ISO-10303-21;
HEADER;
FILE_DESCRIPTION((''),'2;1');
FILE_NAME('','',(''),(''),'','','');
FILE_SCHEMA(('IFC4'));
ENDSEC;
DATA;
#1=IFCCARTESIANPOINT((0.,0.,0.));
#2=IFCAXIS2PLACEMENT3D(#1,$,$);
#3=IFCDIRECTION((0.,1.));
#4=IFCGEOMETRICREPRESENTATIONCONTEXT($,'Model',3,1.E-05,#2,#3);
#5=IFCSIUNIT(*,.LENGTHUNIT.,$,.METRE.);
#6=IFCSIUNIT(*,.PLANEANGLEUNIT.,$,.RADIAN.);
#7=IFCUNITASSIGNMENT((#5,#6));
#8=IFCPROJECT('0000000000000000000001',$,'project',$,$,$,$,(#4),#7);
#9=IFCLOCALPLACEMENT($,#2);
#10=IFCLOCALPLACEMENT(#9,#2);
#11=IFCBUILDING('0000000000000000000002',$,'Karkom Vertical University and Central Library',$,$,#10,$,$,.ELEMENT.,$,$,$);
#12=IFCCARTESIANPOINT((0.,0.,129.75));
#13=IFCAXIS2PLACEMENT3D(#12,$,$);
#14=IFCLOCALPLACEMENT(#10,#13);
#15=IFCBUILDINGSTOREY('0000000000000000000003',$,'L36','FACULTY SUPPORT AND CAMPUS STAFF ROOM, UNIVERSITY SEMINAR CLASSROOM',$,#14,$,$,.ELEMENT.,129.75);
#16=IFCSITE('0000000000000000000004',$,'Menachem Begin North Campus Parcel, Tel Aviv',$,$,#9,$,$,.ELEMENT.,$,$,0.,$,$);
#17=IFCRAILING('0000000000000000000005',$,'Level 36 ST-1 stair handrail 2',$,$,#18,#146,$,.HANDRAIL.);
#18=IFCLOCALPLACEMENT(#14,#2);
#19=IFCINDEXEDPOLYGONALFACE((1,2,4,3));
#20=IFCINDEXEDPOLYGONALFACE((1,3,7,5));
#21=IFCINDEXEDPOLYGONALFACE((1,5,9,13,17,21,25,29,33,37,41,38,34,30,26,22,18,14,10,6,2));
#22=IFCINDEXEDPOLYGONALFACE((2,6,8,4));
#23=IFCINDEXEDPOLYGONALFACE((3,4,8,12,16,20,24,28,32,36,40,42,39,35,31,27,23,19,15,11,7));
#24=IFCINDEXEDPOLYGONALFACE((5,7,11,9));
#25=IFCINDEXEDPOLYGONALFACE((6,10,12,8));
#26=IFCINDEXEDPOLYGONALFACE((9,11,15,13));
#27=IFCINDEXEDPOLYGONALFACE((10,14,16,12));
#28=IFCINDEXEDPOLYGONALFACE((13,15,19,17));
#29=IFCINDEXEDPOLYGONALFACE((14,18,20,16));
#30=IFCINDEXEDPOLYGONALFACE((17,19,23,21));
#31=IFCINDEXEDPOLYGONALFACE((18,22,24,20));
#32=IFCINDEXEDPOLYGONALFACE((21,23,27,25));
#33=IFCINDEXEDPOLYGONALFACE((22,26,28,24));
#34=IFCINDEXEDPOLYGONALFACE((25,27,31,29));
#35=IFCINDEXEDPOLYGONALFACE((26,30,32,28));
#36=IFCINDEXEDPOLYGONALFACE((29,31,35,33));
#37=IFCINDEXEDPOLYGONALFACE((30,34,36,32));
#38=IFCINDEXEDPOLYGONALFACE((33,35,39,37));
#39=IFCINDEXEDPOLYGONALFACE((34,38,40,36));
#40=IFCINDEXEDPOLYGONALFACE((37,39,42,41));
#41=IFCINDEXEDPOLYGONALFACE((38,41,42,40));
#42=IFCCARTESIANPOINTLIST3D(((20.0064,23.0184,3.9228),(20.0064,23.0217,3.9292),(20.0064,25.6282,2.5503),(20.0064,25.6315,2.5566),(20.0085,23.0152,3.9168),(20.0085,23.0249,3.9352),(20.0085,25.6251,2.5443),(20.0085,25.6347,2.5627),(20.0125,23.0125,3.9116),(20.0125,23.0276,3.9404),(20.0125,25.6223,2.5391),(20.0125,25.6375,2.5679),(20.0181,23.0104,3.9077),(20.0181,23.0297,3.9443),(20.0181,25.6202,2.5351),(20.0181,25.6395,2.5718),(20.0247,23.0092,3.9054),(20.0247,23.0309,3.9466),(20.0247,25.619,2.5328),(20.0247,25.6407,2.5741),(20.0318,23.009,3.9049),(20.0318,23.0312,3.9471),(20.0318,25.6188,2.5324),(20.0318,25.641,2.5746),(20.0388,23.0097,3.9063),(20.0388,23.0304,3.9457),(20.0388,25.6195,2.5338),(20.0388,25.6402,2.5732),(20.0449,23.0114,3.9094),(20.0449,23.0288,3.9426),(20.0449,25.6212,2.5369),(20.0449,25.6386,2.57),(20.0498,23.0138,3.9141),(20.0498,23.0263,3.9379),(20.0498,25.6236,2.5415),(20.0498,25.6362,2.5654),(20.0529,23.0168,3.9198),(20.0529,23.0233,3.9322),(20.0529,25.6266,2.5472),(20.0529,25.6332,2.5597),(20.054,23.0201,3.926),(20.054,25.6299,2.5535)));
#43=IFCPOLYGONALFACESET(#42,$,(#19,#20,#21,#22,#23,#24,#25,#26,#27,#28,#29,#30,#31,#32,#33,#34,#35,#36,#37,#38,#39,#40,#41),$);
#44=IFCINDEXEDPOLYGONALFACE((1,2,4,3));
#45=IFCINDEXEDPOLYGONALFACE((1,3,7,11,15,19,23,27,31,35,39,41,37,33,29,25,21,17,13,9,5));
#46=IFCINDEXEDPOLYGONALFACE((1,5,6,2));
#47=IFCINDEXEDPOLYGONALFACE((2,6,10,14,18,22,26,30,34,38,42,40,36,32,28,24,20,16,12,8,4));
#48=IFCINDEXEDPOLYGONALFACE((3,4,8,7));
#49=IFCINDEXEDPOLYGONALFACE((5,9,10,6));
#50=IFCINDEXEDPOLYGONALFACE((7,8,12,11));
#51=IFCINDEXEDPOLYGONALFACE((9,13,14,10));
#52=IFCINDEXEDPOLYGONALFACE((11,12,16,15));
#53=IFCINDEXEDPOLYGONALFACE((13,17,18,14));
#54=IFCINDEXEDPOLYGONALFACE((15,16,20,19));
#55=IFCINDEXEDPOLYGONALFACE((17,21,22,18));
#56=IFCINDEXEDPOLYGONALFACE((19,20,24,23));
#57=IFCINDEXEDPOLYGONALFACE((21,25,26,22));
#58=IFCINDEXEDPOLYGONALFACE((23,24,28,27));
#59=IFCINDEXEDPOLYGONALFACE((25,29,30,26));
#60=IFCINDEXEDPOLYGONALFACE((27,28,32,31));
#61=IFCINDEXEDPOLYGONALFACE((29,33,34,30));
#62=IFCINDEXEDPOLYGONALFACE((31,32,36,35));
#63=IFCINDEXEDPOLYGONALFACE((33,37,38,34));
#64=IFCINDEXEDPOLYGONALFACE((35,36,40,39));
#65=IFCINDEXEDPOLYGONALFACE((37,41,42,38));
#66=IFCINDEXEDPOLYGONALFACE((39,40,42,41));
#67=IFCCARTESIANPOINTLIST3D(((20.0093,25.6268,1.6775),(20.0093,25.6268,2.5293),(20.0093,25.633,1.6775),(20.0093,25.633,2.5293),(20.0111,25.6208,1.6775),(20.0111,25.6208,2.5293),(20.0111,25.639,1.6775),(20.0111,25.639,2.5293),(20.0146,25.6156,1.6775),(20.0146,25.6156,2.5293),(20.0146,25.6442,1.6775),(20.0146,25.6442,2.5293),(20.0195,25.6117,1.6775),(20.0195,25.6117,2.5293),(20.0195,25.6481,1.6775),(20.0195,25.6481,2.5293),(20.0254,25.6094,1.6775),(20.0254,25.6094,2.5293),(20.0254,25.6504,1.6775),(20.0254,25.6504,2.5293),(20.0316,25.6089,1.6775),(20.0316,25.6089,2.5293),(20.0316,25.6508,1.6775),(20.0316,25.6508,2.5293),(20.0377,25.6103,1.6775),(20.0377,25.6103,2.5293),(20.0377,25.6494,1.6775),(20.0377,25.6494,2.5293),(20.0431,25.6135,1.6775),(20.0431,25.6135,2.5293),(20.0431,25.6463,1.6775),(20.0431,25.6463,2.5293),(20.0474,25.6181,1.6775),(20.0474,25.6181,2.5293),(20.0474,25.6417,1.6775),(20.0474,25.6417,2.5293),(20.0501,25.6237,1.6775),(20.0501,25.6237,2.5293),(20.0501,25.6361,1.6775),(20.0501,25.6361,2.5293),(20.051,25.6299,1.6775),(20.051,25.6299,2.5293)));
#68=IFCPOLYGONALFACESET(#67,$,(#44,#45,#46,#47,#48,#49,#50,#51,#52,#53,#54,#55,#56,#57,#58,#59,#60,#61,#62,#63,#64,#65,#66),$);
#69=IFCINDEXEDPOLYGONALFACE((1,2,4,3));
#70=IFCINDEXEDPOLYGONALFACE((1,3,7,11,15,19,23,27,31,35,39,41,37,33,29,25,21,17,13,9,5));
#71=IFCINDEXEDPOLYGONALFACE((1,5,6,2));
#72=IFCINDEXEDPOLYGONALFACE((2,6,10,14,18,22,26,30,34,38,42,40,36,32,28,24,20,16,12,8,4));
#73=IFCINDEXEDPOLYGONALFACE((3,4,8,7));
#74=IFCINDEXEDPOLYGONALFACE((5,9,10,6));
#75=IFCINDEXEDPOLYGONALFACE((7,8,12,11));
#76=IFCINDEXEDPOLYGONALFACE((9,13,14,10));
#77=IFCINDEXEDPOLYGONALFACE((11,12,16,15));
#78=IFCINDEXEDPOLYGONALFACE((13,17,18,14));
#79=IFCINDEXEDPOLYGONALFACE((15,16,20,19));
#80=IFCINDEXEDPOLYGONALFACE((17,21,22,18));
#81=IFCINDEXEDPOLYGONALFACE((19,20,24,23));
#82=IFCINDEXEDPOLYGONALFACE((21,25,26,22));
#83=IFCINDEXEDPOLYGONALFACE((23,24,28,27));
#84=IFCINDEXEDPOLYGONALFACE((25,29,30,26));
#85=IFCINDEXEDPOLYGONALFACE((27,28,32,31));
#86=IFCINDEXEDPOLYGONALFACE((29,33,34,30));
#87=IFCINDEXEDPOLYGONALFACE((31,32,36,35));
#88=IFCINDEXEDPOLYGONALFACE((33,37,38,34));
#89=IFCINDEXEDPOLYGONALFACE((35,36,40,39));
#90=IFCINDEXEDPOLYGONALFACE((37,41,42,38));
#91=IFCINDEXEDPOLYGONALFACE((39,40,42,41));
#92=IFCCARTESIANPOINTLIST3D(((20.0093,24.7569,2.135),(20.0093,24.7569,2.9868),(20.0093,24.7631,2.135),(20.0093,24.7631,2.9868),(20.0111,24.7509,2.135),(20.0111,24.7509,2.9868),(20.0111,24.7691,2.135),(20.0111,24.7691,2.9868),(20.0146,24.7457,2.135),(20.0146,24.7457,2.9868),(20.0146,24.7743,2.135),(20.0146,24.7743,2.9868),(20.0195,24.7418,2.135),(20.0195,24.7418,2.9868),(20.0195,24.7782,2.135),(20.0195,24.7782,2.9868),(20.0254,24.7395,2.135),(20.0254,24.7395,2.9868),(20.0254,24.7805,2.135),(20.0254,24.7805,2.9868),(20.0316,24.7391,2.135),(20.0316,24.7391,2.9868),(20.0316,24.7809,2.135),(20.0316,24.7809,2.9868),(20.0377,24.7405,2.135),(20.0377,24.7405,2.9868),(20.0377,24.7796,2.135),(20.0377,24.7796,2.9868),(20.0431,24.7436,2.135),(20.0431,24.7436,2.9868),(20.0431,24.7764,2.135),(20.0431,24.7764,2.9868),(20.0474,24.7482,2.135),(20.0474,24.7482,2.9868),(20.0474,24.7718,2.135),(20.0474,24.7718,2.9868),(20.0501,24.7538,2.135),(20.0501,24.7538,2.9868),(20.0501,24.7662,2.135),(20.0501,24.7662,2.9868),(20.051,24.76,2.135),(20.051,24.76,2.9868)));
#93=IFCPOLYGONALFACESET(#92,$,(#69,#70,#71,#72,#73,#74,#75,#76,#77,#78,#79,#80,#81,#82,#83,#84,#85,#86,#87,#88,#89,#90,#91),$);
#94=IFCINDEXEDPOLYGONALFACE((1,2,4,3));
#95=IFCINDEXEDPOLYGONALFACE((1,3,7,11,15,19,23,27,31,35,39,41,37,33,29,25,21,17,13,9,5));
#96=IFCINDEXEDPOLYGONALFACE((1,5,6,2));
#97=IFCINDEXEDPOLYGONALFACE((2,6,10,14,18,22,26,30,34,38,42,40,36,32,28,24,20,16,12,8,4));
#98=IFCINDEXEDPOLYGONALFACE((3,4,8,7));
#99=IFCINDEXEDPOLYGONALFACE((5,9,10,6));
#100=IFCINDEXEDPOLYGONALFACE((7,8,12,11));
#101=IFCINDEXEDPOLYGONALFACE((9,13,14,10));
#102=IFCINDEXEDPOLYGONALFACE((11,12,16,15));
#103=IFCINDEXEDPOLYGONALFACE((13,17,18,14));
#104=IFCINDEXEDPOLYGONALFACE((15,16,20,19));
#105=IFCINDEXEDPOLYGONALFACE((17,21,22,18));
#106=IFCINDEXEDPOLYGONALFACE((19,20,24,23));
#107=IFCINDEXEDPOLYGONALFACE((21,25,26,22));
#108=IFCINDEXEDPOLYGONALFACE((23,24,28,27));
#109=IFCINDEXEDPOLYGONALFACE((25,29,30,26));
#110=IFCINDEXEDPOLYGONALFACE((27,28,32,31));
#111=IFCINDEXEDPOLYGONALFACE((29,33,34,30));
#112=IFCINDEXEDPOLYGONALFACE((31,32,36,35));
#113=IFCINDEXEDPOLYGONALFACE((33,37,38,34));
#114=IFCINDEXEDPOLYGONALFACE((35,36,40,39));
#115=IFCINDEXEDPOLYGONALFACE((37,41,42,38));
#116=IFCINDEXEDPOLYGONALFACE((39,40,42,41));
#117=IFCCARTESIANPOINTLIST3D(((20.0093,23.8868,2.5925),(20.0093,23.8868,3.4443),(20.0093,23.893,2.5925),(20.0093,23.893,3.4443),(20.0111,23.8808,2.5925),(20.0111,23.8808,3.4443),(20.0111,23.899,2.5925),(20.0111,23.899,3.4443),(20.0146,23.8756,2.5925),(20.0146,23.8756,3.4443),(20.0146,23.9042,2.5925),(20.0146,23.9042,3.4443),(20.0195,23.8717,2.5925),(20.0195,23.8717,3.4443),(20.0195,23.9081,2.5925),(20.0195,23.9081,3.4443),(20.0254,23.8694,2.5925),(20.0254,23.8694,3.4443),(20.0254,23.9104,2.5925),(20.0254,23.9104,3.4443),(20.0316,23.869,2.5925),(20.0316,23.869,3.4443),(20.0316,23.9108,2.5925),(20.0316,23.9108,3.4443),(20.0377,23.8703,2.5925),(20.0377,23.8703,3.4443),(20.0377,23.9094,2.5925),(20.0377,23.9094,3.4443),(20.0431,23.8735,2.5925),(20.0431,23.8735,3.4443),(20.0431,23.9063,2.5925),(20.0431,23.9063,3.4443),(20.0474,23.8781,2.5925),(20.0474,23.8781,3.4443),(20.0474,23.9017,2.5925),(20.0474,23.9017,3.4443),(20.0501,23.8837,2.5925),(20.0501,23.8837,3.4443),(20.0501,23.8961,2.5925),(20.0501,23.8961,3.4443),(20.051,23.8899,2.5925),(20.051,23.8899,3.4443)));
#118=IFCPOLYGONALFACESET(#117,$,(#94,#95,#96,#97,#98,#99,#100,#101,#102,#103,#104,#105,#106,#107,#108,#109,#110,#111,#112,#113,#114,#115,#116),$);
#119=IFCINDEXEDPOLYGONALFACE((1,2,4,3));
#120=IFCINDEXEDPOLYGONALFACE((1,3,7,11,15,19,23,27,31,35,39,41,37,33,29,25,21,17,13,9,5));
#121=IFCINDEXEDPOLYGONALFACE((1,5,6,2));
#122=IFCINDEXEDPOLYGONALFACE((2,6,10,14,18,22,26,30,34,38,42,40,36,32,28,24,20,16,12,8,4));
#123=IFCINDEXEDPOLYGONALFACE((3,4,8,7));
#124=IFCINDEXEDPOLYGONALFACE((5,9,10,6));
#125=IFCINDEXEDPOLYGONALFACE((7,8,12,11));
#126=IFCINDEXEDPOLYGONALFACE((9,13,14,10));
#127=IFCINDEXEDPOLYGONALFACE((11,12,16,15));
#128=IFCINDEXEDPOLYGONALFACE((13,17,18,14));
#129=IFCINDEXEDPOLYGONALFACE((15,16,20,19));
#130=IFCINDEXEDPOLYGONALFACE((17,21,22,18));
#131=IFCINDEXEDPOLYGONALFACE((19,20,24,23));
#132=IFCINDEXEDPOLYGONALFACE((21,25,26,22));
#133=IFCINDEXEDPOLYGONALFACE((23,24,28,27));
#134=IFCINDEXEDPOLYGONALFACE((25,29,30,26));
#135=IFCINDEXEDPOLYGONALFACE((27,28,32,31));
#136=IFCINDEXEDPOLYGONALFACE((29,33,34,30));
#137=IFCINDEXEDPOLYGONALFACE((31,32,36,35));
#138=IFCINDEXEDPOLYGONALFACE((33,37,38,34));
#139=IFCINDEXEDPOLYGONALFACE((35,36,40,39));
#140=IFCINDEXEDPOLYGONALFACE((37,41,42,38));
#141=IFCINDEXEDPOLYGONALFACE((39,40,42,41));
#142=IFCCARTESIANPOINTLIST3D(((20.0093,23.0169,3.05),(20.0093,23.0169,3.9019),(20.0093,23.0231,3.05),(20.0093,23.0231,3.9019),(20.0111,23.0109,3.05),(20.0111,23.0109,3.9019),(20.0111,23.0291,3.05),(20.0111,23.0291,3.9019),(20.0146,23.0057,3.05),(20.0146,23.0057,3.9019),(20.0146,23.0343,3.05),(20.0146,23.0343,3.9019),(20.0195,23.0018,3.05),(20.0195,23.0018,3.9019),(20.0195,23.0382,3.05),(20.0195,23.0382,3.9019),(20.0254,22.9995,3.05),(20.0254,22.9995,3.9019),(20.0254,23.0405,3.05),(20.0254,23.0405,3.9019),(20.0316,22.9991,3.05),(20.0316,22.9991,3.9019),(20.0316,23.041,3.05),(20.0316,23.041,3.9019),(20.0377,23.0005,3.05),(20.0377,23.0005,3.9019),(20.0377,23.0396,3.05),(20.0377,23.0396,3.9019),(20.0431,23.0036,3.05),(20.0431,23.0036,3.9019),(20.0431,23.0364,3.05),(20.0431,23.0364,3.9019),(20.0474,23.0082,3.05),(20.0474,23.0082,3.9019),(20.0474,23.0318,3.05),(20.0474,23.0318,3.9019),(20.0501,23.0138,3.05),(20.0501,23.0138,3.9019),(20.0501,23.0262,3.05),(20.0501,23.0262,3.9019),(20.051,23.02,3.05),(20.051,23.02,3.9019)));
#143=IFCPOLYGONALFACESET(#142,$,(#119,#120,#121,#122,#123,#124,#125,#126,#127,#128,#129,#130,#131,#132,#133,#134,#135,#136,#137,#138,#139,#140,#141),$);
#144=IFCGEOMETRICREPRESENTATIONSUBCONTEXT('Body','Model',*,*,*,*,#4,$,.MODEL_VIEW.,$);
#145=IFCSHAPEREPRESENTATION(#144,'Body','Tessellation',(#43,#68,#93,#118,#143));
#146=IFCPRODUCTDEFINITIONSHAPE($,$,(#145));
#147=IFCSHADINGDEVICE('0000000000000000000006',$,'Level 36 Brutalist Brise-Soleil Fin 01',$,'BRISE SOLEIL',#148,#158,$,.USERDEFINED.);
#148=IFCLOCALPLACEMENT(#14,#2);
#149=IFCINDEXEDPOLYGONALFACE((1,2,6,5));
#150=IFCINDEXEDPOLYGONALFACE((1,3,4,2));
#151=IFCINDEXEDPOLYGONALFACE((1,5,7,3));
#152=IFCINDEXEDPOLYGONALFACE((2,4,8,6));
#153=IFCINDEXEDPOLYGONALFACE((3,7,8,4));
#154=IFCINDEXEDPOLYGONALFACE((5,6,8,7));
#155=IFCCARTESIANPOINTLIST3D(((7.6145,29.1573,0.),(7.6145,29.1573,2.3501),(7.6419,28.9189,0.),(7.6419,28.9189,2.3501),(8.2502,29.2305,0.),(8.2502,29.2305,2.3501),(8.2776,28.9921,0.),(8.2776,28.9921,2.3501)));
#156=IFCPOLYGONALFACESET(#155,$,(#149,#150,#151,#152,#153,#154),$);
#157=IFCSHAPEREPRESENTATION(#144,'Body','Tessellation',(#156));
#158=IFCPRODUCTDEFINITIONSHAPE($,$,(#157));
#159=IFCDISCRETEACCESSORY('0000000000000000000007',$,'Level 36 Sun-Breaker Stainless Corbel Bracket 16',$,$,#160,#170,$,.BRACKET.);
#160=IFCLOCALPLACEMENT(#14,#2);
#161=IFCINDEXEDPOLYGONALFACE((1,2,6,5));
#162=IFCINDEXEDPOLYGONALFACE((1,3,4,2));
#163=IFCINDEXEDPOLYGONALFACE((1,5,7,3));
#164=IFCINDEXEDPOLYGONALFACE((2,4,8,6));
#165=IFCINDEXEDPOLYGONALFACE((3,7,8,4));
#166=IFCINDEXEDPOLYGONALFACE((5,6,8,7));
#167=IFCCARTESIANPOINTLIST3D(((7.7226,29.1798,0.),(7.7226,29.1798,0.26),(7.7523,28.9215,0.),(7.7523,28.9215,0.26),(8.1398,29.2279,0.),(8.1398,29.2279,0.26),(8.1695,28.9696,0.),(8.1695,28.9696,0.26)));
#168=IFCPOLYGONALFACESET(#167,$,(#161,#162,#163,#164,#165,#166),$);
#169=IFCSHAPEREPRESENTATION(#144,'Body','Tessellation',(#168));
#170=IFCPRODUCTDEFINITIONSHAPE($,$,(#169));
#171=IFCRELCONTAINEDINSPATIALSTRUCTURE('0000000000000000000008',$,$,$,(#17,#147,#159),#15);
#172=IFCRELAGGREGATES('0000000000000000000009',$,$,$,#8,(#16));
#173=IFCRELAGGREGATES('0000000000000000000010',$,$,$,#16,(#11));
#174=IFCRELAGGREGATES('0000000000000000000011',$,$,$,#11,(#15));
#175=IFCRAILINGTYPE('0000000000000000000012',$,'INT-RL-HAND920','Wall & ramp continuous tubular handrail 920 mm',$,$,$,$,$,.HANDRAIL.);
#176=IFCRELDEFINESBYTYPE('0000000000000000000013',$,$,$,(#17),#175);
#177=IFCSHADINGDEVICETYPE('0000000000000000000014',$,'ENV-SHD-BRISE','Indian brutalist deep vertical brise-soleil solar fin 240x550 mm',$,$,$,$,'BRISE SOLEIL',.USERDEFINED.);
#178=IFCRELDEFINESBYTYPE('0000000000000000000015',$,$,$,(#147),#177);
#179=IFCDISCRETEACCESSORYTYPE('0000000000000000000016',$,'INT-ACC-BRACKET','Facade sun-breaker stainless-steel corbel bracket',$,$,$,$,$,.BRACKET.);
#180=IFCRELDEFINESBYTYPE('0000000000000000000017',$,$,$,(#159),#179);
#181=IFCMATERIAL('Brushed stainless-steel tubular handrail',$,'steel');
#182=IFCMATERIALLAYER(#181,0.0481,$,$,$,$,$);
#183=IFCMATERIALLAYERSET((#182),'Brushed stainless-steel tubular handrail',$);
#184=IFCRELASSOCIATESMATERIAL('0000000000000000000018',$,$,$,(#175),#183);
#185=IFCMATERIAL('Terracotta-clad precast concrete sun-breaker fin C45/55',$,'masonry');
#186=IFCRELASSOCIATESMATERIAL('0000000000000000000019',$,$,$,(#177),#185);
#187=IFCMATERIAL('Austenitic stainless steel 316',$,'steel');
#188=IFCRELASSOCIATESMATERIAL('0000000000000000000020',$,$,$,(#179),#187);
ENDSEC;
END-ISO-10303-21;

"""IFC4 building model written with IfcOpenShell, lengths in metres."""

from ifc_helpers import new_model, si_unit, direction, frame, origin, origin_with_axes, origin_2d, place, context, subcontext, project, spatial, rectangle, circle, extrude, source, transform, mapped, material, layer, layer_set, type_object, element, save


model = new_model("IFC4")

# Units and contexts
model_context = context("Model", 3, precision=1e-05, world=origin(), true_north=direction((0.0, 1.0)))
body_context = subcontext(model_context, "Body", "Model", "MODEL_VIEW")
ifc_project = project(units=[si_unit("LENGTHUNIT", "METRE"), si_unit("PLANEANGLEUNIT", "RADIAN")], contexts=[model_context])

# Site, building, storey
site_placement = place(None, origin())
site = spatial("IfcSite", under=ifc_project, at=site_placement, Name="Menachem Begin North Campus Parcel, Tel Aviv", CompositionType="ELEMENT", RefElevation=0.0)
building_placement = place(site_placement, origin())
building = spatial("IfcBuilding", under=site, at=building_placement, Name="Karkom Vertical University and Central Library", CompositionType="ELEMENT")
storey_placement = place(building_placement, frame((0.0, 0.0, 129.75)))
storey = spatial("IfcBuildingStorey", under=building, at=storey_placement, Name="L36", Description="FACULTY SUPPORT AND CAMPUS STAFF ROOM, UNIVERSITY SEMINAR CLASSROOM", CompositionType="ELEMENT", Elevation=129.75)

# Railing
ifc_material_1 = material(Name="Brushed stainless-steel tubular handrail", Category="steel")
ifc_layer_1 = layer(ifc_material_1, 0.0481)
ifc_layer_set_1 = layer_set([ifc_layer_1], Name="Brushed stainless-steel tubular handrail")
railing_type = type_object("IfcRailingType", Name="INT-RL-HAND920", Description="Wall & ramp continuous tubular handrail 920 mm", PredefinedType="HANDRAIL", material=ifc_layer_set_1)
railing_placement = place(storey_placement, frame((20.03, 25.6299, 1.6775)))
element("IfcRailing", 1, at=railing_placement, inside=storey, type_object=railing_type, Name="Level 36 ST-1 stair handrail 2", PredefinedType="HANDRAIL", context=body_context, shape_type="SweptSolid", body=[
    extrude(circle(Radius=0.0239, at=origin_2d()), frame((0.0, 0.0, 0.876), z_axis=(0.0, -0.885065, 0.465467), x_axis=(1.0, 0.0, 0.0)), (0.0, 0.0, 1.0), 2.9487),
    extrude(circle(Radius=0.021, at=origin_2d()), origin(), (0.0, 0.0, 1.0), 0.8518),
    extrude(circle(Radius=0.021, at=origin_2d()), frame((0.0, -0.8699, 0.4575)), (0.0, 0.0, 1.0), 0.8518),
    extrude(circle(Radius=0.021, at=origin_2d()), frame((0.0, -1.74, 0.915)), (0.0, 0.0, 1.0), 0.8518),
    extrude(circle(Radius=0.021, at=origin_2d()), frame((0.0, -2.6099, 1.3726)), (0.0, 0.0, 1.0), 0.8518),
])

# Shading device
ifc_material_2 = material(Name="Terracotta-clad precast concrete sun-breaker fin C45/55", Category="masonry")
shading_device_type = type_object("IfcShadingDeviceType", Name="ENV-SHD-BRISE", Description="Indian brutalist deep vertical brise-soleil solar fin 240x550 mm", ElementType="BRISE SOLEIL", PredefinedType="USERDEFINED", material=ifc_material_2)
shared_shape_1 = source(origin_with_axes(), body_context, "Body", "SweptSolid", [
    extrude(rectangle(XDim=0.24, YDim=0.6399, at=origin_2d()), origin(), (0.0, 0.0, 1.0), 2.3501),
])
shading_device_placement = place(storey_placement, frame((7.946, 29.0747, 0.0), z_axis=(0.0, 0.0, 1.0), x_axis=(0.114417, -0.993433, 0.0)))
element("IfcShadingDevice", 2, at=shading_device_placement, inside=storey, type_object=shading_device_type, Name="Level 36 Brutalist Brise-Soleil Fin 01", ObjectType="BRISE SOLEIL", PredefinedType="USERDEFINED", context=body_context, shape_type="MappedRepresentation", body=[
    mapped(shared_shape_1, transform((0.0, 0.0, 0.0), scale=1.0)),
])

# Discrete accessory
ifc_material_3 = material(Name="Austenitic stainless steel 316", Category="steel")
discrete_accessory_type = type_object("IfcDiscreteAccessoryType", Name="INT-ACC-BRACKET", Description="Facade sun-breaker stainless-steel corbel bracket", PredefinedType="BRACKET", material=ifc_material_3)
shared_shape_2 = source(origin_with_axes(), body_context, "Body", "SweptSolid", [
    extrude(rectangle(XDim=0.26, YDim=0.4199, at=origin_2d()), origin(), (0.0, 0.0, 1.0), 0.26),
])
discrete_accessory_placement = place(storey_placement, frame((7.946, 29.0747, 0.0), z_axis=(0.0, 0.0, 1.0), x_axis=(0.114417, -0.993433, 0.0)))
element("IfcDiscreteAccessory", 3, at=discrete_accessory_placement, inside=storey, type_object=discrete_accessory_type, Name="Level 36 Sun-Breaker Stainless Corbel Bracket 16", PredefinedType="BRACKET", context=body_context, shape_type="MappedRepresentation", body=[
    mapped(shared_shape_2, transform((0.0, 0.0, 0.0), scale=1.0)),
])

save(model, "model.ifc")
